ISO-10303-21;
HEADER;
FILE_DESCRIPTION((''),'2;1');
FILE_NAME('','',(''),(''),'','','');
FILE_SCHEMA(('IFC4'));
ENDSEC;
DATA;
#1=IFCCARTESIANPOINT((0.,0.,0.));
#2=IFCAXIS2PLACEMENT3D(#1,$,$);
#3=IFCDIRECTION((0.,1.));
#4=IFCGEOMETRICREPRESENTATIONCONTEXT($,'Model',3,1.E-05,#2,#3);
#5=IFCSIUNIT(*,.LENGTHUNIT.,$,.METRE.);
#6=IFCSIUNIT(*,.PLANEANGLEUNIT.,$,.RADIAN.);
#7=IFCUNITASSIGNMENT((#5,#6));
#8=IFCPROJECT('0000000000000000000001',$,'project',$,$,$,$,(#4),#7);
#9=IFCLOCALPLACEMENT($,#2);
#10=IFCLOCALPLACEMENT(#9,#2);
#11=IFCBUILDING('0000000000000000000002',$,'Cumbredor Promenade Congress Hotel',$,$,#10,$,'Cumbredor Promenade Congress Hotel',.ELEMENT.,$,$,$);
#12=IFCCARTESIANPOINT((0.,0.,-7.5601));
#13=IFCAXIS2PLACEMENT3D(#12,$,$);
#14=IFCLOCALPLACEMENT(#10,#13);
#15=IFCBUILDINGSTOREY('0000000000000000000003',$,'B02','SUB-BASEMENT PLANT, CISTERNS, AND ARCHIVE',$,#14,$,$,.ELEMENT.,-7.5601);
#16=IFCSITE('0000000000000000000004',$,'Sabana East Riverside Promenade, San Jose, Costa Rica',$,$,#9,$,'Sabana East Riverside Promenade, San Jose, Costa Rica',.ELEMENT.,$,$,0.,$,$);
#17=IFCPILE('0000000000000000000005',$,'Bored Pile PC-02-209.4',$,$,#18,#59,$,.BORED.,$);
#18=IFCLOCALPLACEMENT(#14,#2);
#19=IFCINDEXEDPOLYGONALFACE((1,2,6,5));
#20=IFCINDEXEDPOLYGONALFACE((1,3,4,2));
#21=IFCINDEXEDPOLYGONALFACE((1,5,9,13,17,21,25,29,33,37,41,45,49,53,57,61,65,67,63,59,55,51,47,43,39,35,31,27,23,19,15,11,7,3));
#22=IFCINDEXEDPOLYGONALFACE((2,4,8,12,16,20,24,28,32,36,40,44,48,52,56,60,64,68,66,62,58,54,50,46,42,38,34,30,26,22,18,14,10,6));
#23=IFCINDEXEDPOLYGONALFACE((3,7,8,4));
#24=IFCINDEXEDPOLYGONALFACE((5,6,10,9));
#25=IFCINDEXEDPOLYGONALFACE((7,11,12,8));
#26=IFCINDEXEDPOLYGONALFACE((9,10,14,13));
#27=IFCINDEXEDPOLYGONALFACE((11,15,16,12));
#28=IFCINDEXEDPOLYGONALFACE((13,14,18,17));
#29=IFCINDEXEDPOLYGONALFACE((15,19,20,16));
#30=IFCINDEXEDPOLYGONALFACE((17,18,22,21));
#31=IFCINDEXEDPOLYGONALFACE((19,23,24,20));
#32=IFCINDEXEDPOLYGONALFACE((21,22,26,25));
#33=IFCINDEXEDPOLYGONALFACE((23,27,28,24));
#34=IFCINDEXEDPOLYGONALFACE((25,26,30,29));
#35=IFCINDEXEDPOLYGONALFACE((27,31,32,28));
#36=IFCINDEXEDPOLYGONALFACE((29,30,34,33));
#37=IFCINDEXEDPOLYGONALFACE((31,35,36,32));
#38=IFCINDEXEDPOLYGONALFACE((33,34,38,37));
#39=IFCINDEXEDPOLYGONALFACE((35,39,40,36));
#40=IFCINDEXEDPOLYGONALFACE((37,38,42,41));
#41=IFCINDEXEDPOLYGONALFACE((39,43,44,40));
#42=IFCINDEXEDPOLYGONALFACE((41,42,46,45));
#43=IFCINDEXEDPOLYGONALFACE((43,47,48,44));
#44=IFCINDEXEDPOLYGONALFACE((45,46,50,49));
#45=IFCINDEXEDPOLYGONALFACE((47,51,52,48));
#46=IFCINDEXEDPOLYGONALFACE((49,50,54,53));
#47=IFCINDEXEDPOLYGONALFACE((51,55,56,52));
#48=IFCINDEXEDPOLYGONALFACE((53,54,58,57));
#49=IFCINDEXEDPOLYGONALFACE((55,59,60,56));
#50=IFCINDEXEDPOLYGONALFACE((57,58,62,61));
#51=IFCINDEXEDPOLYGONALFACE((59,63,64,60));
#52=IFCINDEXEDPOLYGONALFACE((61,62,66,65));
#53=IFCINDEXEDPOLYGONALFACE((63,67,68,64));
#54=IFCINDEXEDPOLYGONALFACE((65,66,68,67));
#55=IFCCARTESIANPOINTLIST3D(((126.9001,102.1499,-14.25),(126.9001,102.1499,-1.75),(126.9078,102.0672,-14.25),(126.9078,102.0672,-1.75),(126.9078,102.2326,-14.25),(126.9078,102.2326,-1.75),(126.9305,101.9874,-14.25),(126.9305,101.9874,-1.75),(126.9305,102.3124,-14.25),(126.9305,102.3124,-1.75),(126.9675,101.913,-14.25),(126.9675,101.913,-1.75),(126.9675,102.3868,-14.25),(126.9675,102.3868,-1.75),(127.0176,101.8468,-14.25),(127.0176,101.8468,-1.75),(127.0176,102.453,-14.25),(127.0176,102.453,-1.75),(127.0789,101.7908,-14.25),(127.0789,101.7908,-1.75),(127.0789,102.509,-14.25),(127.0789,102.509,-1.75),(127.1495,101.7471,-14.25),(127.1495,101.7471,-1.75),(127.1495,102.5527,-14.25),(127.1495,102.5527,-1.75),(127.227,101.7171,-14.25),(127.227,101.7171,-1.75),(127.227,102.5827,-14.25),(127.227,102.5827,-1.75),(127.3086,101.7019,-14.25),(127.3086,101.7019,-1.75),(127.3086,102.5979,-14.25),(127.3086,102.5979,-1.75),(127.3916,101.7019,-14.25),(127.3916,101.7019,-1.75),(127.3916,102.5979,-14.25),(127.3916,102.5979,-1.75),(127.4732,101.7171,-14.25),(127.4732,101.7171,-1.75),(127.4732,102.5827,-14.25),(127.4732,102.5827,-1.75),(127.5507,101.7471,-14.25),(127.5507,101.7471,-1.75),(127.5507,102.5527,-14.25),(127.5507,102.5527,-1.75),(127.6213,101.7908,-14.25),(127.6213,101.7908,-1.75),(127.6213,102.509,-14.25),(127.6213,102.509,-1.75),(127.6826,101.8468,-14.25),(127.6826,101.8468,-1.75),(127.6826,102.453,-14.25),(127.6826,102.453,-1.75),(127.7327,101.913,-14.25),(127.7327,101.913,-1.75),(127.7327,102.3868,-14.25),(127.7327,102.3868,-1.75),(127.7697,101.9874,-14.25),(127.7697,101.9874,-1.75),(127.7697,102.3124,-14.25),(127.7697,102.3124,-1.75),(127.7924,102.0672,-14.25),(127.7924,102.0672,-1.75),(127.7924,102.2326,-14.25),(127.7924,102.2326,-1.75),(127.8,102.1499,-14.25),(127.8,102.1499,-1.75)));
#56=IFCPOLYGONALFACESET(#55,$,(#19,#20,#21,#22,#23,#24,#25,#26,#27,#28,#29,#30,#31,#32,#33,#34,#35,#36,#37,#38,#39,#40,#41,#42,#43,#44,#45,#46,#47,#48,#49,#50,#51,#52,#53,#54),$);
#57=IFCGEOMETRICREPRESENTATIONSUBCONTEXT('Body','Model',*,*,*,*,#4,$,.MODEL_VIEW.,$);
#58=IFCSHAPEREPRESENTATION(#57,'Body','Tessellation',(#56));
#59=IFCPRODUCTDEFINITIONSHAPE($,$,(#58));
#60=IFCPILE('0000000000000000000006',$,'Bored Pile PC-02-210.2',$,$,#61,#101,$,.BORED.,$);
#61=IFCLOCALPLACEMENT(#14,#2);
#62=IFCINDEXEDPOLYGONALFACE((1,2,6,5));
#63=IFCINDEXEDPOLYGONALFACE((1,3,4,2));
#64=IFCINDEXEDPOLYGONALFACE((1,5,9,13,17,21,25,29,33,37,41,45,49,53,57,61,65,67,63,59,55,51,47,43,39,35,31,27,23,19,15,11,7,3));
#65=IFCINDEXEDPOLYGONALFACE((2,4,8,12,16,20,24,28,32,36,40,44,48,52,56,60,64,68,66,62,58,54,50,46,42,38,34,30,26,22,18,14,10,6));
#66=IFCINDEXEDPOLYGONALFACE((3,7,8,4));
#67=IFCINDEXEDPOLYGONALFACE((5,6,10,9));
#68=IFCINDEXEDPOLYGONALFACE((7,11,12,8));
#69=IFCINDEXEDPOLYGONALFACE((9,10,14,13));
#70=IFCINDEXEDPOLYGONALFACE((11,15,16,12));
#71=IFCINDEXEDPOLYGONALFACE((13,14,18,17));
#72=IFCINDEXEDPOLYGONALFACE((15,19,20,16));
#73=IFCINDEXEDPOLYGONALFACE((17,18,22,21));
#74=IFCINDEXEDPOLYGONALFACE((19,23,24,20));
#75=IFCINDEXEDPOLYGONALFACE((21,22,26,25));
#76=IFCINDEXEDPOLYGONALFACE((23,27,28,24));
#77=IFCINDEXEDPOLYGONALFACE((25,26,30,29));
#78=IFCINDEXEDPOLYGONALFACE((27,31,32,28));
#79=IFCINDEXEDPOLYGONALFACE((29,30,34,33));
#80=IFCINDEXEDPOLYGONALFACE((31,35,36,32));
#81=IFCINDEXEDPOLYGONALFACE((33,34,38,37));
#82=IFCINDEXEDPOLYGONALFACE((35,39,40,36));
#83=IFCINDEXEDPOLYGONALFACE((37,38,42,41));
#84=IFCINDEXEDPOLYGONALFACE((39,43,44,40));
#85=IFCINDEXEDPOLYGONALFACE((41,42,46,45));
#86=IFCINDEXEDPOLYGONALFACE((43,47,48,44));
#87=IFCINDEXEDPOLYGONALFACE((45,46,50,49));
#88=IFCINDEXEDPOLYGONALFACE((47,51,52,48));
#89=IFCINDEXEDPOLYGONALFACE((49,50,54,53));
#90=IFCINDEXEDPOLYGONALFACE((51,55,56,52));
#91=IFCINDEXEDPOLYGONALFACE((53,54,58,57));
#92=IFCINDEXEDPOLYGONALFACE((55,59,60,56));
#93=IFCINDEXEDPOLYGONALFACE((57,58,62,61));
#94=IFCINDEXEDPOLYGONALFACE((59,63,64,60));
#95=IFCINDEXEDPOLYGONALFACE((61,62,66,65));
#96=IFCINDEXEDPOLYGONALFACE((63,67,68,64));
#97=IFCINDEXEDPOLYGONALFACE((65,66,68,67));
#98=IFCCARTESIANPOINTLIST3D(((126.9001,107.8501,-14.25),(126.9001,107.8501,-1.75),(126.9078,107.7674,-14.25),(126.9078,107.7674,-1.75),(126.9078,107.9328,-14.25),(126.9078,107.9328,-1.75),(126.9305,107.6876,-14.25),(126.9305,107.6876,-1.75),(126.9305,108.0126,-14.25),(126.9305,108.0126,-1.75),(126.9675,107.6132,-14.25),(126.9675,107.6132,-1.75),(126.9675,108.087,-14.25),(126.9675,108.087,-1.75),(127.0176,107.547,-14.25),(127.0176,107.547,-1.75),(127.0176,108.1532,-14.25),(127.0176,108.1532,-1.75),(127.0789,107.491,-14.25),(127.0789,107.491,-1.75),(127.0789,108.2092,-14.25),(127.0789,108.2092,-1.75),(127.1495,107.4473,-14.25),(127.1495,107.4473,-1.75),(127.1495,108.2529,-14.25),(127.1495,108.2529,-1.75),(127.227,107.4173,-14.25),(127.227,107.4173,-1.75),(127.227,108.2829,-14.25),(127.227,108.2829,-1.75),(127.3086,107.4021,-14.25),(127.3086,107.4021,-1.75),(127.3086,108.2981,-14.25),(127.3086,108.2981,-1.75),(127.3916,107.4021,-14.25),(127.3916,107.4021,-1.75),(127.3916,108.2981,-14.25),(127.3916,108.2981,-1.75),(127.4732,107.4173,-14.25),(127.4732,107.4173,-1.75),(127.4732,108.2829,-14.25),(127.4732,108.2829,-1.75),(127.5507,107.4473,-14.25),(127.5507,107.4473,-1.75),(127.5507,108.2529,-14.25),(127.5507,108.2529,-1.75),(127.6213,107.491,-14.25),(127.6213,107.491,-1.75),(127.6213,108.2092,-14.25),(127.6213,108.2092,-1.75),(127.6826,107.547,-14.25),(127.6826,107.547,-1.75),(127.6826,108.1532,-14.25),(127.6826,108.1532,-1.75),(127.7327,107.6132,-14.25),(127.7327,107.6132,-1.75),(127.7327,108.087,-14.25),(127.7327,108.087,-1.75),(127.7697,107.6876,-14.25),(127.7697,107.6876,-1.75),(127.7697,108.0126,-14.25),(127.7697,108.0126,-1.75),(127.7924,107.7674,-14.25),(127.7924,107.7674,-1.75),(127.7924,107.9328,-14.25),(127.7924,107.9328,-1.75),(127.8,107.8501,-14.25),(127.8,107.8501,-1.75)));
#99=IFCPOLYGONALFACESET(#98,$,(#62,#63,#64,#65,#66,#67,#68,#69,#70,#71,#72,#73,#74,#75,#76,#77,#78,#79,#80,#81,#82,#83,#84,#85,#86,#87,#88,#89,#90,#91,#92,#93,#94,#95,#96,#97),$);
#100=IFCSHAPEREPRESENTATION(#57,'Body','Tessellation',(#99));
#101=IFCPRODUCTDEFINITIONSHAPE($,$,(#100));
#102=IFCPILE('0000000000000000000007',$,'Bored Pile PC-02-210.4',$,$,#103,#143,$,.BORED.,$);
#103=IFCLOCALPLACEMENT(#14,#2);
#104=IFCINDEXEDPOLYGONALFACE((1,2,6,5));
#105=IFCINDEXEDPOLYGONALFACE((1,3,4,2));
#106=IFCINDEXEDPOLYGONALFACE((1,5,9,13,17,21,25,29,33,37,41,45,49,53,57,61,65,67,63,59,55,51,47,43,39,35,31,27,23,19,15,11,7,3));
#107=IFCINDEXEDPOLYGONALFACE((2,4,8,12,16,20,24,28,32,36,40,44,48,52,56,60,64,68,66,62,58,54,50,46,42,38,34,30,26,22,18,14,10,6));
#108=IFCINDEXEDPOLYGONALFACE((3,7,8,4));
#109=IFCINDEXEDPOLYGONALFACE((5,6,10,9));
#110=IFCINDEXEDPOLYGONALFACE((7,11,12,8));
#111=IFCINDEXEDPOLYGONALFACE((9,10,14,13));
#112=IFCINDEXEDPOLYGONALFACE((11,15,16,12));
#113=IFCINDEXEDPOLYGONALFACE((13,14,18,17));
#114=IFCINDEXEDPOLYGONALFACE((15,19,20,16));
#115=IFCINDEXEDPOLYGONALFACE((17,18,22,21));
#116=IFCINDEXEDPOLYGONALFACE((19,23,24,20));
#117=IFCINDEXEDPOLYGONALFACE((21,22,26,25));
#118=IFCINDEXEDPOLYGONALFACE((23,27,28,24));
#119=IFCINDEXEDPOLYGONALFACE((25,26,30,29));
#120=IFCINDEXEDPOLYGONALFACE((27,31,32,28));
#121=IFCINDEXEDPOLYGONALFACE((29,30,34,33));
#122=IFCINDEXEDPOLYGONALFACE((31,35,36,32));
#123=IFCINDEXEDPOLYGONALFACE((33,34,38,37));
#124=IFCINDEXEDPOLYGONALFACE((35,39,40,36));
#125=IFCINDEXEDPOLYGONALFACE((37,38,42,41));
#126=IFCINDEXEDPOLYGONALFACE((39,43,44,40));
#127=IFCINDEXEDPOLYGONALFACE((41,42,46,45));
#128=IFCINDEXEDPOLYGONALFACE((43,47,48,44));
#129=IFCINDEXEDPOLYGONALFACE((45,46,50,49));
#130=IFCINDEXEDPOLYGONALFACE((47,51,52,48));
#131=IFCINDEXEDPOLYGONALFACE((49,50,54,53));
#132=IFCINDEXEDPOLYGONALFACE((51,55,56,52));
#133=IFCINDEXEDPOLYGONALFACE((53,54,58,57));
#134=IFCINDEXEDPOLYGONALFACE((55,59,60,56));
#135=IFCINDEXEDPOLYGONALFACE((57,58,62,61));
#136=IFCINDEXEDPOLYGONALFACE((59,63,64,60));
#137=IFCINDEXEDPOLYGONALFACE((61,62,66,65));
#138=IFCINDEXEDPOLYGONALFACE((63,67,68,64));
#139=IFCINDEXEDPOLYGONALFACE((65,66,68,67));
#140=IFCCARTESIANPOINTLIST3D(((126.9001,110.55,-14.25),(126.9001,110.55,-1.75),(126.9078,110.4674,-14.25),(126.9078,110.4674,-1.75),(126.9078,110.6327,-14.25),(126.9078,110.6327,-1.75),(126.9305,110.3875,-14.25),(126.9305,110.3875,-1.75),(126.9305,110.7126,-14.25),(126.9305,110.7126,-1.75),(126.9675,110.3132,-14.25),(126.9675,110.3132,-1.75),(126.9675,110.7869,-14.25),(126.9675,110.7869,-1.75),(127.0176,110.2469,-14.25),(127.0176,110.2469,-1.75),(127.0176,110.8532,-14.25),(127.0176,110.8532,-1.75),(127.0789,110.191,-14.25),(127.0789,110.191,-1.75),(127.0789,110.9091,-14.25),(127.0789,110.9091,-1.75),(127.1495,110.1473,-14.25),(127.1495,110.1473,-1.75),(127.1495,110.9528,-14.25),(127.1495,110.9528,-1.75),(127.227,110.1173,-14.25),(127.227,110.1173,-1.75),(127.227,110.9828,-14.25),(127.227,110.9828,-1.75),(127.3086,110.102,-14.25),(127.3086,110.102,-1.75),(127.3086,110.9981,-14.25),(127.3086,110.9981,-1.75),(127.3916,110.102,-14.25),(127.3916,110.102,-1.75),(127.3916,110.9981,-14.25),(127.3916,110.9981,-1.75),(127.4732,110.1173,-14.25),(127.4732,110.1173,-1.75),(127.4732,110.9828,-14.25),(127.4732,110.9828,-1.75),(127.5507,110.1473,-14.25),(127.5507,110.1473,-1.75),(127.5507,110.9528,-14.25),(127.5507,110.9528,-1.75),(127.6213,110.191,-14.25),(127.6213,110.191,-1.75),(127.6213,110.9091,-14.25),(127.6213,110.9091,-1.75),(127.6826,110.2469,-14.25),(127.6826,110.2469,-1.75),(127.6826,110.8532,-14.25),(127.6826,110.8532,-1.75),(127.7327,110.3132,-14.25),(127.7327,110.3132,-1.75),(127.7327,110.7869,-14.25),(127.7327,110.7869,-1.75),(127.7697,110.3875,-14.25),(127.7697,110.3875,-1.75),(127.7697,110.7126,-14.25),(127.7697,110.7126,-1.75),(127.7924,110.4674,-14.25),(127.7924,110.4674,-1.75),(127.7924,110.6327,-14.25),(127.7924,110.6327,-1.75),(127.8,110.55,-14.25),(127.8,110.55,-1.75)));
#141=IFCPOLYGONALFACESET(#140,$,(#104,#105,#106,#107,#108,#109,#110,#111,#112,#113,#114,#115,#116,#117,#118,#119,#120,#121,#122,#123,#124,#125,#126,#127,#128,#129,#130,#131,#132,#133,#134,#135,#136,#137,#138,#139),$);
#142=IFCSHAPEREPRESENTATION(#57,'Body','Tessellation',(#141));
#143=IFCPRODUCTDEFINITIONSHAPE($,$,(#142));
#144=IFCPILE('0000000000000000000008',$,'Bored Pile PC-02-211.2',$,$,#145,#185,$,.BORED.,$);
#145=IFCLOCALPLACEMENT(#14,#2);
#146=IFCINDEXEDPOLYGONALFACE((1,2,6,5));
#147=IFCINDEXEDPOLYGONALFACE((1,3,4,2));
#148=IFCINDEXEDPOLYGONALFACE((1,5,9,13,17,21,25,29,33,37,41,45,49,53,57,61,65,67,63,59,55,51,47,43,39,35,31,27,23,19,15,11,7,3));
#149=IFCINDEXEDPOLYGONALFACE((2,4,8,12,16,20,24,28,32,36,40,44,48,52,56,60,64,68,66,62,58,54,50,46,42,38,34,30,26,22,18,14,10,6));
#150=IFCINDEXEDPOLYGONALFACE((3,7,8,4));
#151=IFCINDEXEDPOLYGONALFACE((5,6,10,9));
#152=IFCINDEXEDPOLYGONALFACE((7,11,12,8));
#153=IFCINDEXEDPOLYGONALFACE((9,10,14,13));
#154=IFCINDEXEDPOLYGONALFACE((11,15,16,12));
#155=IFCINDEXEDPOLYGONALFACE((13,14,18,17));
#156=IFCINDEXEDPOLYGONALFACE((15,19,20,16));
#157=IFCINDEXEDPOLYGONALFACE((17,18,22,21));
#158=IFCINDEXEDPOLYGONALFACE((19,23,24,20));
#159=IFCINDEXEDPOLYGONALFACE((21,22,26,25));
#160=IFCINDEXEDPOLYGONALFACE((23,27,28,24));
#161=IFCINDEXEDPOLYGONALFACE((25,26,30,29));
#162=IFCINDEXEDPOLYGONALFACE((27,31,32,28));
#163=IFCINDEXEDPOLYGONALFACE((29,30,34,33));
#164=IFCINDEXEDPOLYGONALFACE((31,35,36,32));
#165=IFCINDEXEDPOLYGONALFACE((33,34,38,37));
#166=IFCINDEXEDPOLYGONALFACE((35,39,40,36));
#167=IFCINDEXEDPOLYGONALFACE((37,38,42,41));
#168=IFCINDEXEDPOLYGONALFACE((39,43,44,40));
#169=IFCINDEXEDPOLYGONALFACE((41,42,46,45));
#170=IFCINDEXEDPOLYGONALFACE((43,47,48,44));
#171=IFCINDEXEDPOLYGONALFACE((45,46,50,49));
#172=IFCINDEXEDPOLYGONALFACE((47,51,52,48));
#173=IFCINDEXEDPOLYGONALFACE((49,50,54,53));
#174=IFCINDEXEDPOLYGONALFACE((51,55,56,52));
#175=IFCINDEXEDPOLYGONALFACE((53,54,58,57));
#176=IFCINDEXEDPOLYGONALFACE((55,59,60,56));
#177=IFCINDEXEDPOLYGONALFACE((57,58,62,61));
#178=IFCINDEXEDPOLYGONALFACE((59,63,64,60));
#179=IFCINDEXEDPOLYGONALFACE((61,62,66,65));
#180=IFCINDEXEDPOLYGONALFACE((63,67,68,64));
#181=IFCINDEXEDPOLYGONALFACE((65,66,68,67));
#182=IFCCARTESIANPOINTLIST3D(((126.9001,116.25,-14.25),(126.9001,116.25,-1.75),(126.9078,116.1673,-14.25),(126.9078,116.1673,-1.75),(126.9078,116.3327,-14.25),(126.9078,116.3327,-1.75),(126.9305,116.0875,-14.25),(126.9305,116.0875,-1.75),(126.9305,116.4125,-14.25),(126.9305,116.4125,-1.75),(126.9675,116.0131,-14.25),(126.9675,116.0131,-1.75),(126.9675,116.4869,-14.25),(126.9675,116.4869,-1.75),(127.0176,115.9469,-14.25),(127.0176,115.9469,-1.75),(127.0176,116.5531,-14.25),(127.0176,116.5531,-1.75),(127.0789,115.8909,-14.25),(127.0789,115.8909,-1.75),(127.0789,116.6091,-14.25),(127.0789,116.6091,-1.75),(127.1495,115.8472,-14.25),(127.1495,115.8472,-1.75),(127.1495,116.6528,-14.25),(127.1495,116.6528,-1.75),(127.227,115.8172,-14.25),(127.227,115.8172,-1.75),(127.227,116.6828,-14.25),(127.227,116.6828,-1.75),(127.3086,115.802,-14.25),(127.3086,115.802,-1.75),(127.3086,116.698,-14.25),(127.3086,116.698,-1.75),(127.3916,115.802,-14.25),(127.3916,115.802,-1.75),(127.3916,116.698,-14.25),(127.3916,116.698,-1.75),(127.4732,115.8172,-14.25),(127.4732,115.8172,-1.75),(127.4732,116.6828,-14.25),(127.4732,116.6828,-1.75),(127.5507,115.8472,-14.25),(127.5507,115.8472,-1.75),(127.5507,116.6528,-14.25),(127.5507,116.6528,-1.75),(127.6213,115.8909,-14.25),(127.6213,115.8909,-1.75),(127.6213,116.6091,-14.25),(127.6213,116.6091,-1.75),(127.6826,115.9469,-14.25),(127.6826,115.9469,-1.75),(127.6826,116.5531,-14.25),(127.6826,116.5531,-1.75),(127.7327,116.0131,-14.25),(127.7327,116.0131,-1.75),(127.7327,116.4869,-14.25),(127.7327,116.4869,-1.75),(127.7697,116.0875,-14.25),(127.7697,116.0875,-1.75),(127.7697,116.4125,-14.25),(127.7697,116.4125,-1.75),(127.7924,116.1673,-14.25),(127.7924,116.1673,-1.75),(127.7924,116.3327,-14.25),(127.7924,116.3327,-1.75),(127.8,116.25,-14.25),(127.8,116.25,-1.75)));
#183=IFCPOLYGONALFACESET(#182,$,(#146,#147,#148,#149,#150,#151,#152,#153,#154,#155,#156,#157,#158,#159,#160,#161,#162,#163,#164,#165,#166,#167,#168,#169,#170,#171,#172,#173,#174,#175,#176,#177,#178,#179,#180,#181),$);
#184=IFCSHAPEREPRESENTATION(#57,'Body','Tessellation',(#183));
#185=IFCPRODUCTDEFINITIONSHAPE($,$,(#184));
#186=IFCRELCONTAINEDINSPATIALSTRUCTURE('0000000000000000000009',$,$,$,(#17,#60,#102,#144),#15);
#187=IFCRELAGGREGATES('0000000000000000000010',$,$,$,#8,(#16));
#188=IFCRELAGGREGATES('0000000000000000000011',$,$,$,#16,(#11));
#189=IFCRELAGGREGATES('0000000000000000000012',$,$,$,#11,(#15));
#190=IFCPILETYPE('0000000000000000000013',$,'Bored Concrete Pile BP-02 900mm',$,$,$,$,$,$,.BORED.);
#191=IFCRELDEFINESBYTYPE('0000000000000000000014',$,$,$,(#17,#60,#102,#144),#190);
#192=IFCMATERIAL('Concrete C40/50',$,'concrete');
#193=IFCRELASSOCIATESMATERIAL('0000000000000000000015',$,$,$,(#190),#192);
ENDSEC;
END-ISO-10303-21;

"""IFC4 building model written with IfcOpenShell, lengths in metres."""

from ifc_helpers import new_model, si_unit, direction, frame, origin, origin_2d, place, context, subcontext, project, spatial, circle, extrude, material, material_profile, profile_set, type_object, element, save


model = new_model("IFC4")

# Units and contexts
model_context = context("Model", 3, precision=1e-05, world=origin(), true_north=direction((0.0, 1.0)))
body_context = subcontext(model_context, "Body", "Model", "MODEL_VIEW")
ifc_project = project(units=[si_unit("LENGTHUNIT", "METRE"), si_unit("PLANEANGLEUNIT", "RADIAN")], contexts=[model_context])

# Site, building, storey
site_placement = place(None, origin())
site = spatial("IfcSite", under=ifc_project, at=site_placement, Name="Sabana East Riverside Promenade, San Jose, Costa Rica", LongName="Sabana East Riverside Promenade, San Jose, Costa Rica", CompositionType="ELEMENT", RefElevation=0.0)
building_placement = place(site_placement, origin())
building = spatial("IfcBuilding", under=site, at=building_placement, Name="Cumbredor Promenade Congress Hotel", LongName="Cumbredor Promenade Congress Hotel", CompositionType="ELEMENT")
storey_placement = place(building_placement, frame((0.0, 0.0, -7.5601)))
storey = spatial("IfcBuildingStorey", under=building, at=storey_placement, Name="B02", Description="SUB-BASEMENT PLANT, CISTERNS, AND ARCHIVE", CompositionType="ELEMENT", Elevation=-7.5601)

# Piles
ifc_material_1 = material(Name="Concrete C40/50", Category="concrete")
ifc_material_profile_1 = material_profile(ifc_material_1, circle(Radius=0.45, at=origin_2d()), Name="PILE D900")
ifc_profile_set_1 = profile_set([ifc_material_profile_1], Name="Concrete C40/50")
pile_type = type_object("IfcPileType", Name="Bored Concrete Pile BP-02 900mm", PredefinedType="BORED", material=ifc_profile_set_1)
for number, where, z_axis, x_axis, name in (
    (1, (127.3501, 102.1499, -1.75), (0.0, 0.0, -1.0), (1.0, 0.0, 0.0), "Bored Pile PC-02-209.4"),
    (2, (127.3501, 107.8501, -1.75), (0.0, 0.0, -1.0), (1.0, 0.0, 0.0), "Bored Pile PC-02-210.2"),
    (3, (127.3501, 110.55, -1.75), (0.0, 0.0, -1.0), (1.0, 0.0, 0.0), "Bored Pile PC-02-210.4"),
    (4, (127.3501, 116.25, -1.75), (0.0, 0.0, -1.0), (1.0, 0.0, 0.0), "Bored Pile PC-02-211.2"),
):
    element("IfcPile", number, at=place(storey_placement, frame(where, z_axis=z_axis, x_axis=x_axis)), inside=storey, type_object=pile_type, Name=name, PredefinedType="BORED", context=body_context, shape_type="SweptSolid", body=[
        extrude(circle(Radius=0.45, at=origin_2d()), origin(), (0.0, 0.0, 1.0), 12.5),
    ])

save(model, "model.ifc")
